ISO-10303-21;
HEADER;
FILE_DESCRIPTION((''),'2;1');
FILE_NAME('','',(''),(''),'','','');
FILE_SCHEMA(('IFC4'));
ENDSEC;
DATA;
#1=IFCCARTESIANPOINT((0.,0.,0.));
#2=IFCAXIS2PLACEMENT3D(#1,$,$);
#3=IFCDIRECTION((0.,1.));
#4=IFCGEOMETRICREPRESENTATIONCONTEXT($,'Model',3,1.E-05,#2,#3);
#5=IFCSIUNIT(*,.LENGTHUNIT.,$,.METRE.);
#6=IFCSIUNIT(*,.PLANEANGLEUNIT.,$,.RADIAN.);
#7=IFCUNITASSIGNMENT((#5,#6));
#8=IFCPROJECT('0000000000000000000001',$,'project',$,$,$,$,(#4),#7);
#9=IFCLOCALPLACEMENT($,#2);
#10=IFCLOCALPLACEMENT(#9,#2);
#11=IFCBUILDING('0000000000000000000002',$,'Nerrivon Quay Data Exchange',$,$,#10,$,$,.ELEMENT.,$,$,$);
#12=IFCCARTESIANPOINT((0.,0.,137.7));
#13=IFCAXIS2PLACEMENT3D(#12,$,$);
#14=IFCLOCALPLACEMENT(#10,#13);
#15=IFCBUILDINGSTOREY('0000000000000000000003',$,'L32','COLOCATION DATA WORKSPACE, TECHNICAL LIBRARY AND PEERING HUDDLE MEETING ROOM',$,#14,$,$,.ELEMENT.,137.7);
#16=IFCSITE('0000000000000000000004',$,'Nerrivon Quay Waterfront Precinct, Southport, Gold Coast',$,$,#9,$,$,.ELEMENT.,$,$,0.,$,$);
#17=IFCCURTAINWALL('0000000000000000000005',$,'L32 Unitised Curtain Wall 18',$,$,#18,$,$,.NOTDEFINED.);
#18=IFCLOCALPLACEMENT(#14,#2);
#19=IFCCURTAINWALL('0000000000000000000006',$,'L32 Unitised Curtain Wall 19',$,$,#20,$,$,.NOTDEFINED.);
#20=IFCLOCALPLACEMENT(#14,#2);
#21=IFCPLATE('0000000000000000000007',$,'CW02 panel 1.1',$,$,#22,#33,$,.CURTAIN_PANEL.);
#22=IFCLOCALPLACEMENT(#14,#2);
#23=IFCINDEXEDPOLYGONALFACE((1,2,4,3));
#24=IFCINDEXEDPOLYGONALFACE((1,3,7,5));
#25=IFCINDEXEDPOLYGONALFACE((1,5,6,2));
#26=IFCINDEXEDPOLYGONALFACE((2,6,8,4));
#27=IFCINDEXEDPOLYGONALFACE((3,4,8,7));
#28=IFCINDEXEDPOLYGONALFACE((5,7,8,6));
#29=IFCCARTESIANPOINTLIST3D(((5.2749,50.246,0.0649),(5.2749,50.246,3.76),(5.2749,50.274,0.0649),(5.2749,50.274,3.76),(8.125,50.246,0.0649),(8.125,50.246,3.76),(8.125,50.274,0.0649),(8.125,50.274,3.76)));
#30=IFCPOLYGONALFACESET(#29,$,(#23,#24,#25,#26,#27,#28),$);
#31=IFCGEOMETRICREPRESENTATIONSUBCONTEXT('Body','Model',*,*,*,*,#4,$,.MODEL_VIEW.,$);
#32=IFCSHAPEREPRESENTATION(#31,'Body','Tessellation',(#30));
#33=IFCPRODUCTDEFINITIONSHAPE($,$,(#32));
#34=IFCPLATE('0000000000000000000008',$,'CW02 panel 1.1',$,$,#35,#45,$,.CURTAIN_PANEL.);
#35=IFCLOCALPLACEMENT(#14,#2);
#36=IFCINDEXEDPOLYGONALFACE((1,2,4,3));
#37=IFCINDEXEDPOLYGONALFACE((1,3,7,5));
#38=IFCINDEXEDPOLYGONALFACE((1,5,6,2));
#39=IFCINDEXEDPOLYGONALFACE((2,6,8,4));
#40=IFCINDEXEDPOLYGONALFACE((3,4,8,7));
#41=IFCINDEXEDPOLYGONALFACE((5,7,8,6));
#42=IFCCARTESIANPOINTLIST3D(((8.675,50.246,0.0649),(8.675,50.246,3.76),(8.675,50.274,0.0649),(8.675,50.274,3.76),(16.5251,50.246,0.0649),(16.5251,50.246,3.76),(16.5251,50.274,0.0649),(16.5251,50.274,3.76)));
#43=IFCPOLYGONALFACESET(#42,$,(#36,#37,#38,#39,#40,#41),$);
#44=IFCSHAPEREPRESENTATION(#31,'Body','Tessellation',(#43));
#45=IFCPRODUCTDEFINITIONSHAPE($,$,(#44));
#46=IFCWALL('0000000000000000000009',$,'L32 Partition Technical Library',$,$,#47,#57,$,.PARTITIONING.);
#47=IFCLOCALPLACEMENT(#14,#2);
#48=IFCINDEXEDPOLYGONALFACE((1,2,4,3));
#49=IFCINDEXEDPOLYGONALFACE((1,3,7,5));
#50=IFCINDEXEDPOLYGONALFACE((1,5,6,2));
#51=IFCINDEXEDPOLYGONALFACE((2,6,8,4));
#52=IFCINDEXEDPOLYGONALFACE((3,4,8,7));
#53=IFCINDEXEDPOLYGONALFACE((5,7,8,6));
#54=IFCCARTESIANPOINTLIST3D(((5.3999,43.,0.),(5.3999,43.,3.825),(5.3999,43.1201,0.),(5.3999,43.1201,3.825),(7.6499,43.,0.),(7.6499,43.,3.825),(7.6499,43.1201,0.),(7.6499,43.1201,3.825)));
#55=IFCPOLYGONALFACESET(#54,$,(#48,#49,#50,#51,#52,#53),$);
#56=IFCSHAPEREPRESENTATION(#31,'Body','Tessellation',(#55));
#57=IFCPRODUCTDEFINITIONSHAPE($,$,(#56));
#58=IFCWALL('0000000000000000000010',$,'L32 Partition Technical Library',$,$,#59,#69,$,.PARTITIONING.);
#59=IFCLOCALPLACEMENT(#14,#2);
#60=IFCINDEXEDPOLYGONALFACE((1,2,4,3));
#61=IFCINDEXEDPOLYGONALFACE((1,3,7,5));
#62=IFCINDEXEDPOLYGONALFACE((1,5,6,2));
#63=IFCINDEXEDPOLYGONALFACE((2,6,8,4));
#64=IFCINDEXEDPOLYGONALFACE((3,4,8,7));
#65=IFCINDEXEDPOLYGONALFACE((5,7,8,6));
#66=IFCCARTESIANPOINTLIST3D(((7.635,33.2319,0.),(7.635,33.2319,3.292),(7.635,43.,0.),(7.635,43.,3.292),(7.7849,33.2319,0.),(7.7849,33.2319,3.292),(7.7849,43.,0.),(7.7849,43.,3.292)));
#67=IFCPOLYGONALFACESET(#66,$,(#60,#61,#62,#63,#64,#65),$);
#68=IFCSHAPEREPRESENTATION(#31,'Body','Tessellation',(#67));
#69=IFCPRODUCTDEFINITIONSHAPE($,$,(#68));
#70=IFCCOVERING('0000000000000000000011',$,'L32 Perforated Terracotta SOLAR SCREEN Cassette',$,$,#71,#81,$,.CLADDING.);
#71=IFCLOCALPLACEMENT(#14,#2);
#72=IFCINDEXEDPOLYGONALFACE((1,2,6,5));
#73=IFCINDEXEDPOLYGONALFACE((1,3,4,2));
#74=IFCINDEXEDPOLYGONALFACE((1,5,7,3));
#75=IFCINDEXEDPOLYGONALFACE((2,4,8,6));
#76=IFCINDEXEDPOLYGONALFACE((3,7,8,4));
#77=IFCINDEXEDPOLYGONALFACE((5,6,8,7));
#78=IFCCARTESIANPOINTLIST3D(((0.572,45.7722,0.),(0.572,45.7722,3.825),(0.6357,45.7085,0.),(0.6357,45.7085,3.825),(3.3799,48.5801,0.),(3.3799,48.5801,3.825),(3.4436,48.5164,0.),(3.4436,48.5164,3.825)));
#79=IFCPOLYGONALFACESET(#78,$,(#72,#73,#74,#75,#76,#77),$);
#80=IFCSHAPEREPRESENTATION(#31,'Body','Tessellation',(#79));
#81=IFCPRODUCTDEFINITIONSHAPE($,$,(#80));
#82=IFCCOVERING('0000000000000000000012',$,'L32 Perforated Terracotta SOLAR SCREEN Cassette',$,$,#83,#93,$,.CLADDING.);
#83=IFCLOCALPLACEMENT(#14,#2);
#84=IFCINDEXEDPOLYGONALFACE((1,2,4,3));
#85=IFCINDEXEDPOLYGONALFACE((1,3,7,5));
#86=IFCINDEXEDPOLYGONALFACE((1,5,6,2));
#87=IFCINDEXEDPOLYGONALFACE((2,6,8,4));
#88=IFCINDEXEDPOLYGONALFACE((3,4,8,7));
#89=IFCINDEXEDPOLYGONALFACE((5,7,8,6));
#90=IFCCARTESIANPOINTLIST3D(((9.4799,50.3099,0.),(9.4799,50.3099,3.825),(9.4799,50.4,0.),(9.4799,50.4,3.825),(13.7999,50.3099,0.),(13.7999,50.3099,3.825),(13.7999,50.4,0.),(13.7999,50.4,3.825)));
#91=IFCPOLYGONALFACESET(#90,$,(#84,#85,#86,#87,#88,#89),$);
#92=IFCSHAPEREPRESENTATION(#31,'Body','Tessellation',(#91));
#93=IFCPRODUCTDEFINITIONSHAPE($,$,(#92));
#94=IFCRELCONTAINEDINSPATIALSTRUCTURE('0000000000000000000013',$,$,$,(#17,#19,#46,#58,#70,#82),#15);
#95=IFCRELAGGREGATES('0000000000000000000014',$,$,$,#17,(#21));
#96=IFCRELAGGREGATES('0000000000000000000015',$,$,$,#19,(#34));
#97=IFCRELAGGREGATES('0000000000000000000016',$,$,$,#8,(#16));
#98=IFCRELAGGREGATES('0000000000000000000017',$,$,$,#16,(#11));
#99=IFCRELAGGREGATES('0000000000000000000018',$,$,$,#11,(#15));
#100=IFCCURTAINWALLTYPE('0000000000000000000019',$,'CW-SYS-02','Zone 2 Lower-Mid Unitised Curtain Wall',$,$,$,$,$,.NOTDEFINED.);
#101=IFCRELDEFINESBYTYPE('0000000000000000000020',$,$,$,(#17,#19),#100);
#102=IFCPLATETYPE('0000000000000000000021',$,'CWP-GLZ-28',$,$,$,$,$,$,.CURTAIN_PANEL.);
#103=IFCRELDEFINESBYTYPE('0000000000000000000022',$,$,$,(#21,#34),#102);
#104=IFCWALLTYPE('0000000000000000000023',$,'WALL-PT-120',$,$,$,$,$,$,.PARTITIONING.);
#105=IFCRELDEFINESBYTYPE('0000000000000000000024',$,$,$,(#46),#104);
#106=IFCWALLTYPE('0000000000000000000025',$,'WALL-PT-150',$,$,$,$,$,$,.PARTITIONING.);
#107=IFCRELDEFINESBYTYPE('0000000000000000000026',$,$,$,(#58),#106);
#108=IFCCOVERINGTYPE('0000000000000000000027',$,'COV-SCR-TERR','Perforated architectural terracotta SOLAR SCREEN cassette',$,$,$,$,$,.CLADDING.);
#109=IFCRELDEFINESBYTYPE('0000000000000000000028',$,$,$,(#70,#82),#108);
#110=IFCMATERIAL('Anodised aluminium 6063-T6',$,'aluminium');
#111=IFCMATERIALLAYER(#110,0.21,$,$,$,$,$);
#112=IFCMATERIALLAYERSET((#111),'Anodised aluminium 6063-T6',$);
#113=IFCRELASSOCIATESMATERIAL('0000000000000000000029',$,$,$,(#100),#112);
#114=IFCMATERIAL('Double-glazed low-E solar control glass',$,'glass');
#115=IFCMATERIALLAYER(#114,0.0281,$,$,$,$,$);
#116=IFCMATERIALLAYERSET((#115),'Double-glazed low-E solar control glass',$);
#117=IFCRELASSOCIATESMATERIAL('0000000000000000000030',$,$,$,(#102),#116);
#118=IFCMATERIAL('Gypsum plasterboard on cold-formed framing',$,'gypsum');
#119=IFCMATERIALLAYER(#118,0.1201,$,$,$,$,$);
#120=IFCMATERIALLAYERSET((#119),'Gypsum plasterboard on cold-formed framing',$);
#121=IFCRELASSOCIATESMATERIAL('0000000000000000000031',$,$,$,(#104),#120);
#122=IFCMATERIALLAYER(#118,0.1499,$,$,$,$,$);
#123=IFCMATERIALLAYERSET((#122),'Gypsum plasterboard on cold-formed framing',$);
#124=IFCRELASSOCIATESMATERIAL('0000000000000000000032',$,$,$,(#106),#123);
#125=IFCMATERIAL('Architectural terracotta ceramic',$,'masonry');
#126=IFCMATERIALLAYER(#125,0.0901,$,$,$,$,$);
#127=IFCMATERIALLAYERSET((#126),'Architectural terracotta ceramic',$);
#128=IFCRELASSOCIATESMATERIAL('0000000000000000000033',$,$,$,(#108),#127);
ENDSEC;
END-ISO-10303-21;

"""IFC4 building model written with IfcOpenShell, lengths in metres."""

from ifc_helpers import new_model, si_unit, direction, frame, frame_2d, origin, origin_2d, place, context, subcontext, project, spatial, rectangle, extrude, material, layer, layer_set, type_object, element, aggregate, save


model = new_model("IFC4")

# Units and contexts
model_context = context("Model", 3, precision=1e-05, world=origin(), true_north=direction((0.0, 1.0)))
body_context = subcontext(model_context, "Body", "Model", "MODEL_VIEW")
ifc_project = project(units=[si_unit("LENGTHUNIT", "METRE"), si_unit("PLANEANGLEUNIT", "RADIAN")], contexts=[model_context])

# Site, building, storey
site_placement = place(None, origin())
site = spatial("IfcSite", under=ifc_project, at=site_placement, Name="Nerrivon Quay Waterfront Precinct, Southport, Gold Coast", CompositionType="ELEMENT", RefElevation=0.0)
building_placement = place(site_placement, origin())
building = spatial("IfcBuilding", under=site, at=building_placement, Name="Nerrivon Quay Data Exchange", CompositionType="ELEMENT")
storey_placement = place(building_placement, frame((0.0, 0.0, 137.7)))
storey = spatial("IfcBuildingStorey", under=building, at=storey_placement, Name="L32", Description="COLOCATION DATA WORKSPACE, TECHNICAL LIBRARY AND PEERING HUDDLE MEETING ROOM", CompositionType="ELEMENT", Elevation=137.7)

# Shared definitions
ifc_material_1 = material(Name="Anodised aluminium 6063-T6", Category="aluminium")
ifc_layer_1 = layer(ifc_material_1, 0.21)
ifc_layer_set_1 = layer_set([ifc_layer_1], Name="Anodised aluminium 6063-T6")
curtain_wall_type = type_object("IfcCurtainWallType", Name="CW-SYS-02", Description="Zone 2 Lower-Mid Unitised Curtain Wall", PredefinedType="NOTDEFINED", material=ifc_layer_set_1)

# Curtain wall
curtain_wall_1_placement = place(storey_placement, origin())
curtain_wall_1 = element("IfcCurtainWall", 1, at=curtain_wall_1_placement, inside=storey, type_object=curtain_wall_type, Name="L32 Unitised Curtain Wall 18", PredefinedType="NOTDEFINED")

# Curtain wall
curtain_wall_2_placement = place(storey_placement, origin())
curtain_wall_2 = element("IfcCurtainWall", 2, at=curtain_wall_2_placement, inside=storey, type_object=curtain_wall_type, Name="L32 Unitised Curtain Wall 19", PredefinedType="NOTDEFINED")

# Plates
ifc_material_2 = material(Name="Double-glazed low-E solar control glass", Category="glass")
ifc_layer_2 = layer(ifc_material_2, 0.0281)
ifc_layer_set_2 = layer_set([ifc_layer_2], Name="Double-glazed low-E solar control glass")
plate_type = type_object("IfcPlateType", Name="CWP-GLZ-28", PredefinedType="CURTAIN_PANEL", material=ifc_layer_set_2)
plate_1_placement = place(storey_placement, frame((6.7, 50.26, 0.0649), z_axis=(0.0, 0.0, 1.0), x_axis=(1.0, 0.0, 0.0)))
plate_1 = element("IfcPlate", 3, at=plate_1_placement, type_object=plate_type, Name="CW02 panel 1.1", PredefinedType="CURTAIN_PANEL", context=body_context, shape_type="SweptSolid", body=[
    extrude(rectangle(XDim=2.8501, YDim=0.0281, at=origin_2d()), origin(), (0.0, 0.0, 1.0), 3.6951),
])
aggregate(curtain_wall_1, [plate_1])
plate_2_placement = place(storey_placement, frame((12.6001, 50.26, 0.0649), z_axis=(0.0, 0.0, 1.0), x_axis=(1.0, 0.0, 0.0)))
plate_2 = element("IfcPlate", 4, at=plate_2_placement, type_object=plate_type, Name="CW02 panel 1.1", PredefinedType="CURTAIN_PANEL", context=body_context, shape_type="SweptSolid", body=[
    extrude(rectangle(XDim=7.8501, YDim=0.0281, at=origin_2d()), origin(), (0.0, 0.0, 1.0), 3.6951),
])
aggregate(curtain_wall_2, [plate_2])

# Walls
ifc_material_3 = material(Name="Gypsum plasterboard on cold-formed framing", Category="gypsum")
ifc_layer_3 = layer(ifc_material_3, 0.1201)
ifc_layer_set_3 = layer_set([ifc_layer_3], Name="Gypsum plasterboard on cold-formed framing")
wall_type_1 = type_object("IfcWallType", Name="WALL-PT-120", PredefinedType="PARTITIONING", material=ifc_layer_set_3)
wall_1_placement = place(storey_placement, frame((5.3999, 43.0601, 0.0), z_axis=(0.0, 0.0, 1.0), x_axis=(1.0, 0.0, 0.0)))
element("IfcWall", 5, at=wall_1_placement, inside=storey, type_object=wall_type_1, Name="L32 Partition Technical Library", PredefinedType="PARTITIONING", context=body_context, shape_type="SweptSolid", body=[
    extrude(rectangle(XDim=2.25, YDim=0.1201, at=frame_2d((1.125, 0.0))), origin(), (0.0, 0.0, 1.0), 3.825),
])
ifc_layer_4 = layer(ifc_material_3, 0.1499)
ifc_layer_set_4 = layer_set([ifc_layer_4], Name="Gypsum plasterboard on cold-formed framing")
wall_type_2 = type_object("IfcWallType", Name="WALL-PT-150", PredefinedType="PARTITIONING", material=ifc_layer_set_4)
wall_2_placement = place(storey_placement, frame((7.71, 43.0, 0.0), z_axis=(0.0, 0.0, 1.0), x_axis=(0.0, -1.0, 0.0)))
element("IfcWall", 6, at=wall_2_placement, inside=storey, type_object=wall_type_2, Name="L32 Partition Technical Library", PredefinedType="PARTITIONING", context=body_context, shape_type="SweptSolid", body=[
    extrude(rectangle(XDim=9.7681, YDim=0.1499, at=frame_2d((4.884, 0.0))), origin(), (0.0, 0.0, 1.0), 3.292),
])

# Coverings
ifc_material_4 = material(Name="Architectural terracotta ceramic", Category="masonry")
ifc_layer_5 = layer(ifc_material_4, 0.0901)
ifc_layer_set_5 = layer_set([ifc_layer_5], Name="Architectural terracotta ceramic")
covering_type = type_object("IfcCoveringType", Name="COV-SCR-TERR", Description="Perforated architectural terracotta SOLAR SCREEN cassette", PredefinedType="CLADDING", material=ifc_layer_set_5)
covering_1_placement = place(storey_placement, frame((2.0078, 47.1443, 0.0), z_axis=(0.0, 0.0, 1.0), x_axis=(0.707107, 0.707107, 0.0)))
element("IfcCovering", 7, at=covering_1_placement, inside=storey, type_object=covering_type, Name="L32 Perforated Terracotta SOLAR SCREEN Cassette", PredefinedType="CLADDING", context=body_context, shape_type="SweptSolid", body=[
    extrude(rectangle(XDim=3.9709, YDim=0.0901, at=origin_2d()), origin(), (0.0, 0.0, 1.0), 3.825),
])
covering_2_placement = place(storey_placement, frame((11.6399, 50.355, 0.0), z_axis=(0.0, 0.0, 1.0), x_axis=(1.0, 0.0, 0.0)))
element("IfcCovering", 8, at=covering_2_placement, inside=storey, type_object=covering_type, Name="L32 Perforated Terracotta SOLAR SCREEN Cassette", PredefinedType="CLADDING", context=body_context, shape_type="SweptSolid", body=[
    extrude(rectangle(XDim=4.3201, YDim=0.0901, at=origin_2d()), origin(), (0.0, 0.0, 1.0), 3.825),
])

save(model, "model.ifc")
